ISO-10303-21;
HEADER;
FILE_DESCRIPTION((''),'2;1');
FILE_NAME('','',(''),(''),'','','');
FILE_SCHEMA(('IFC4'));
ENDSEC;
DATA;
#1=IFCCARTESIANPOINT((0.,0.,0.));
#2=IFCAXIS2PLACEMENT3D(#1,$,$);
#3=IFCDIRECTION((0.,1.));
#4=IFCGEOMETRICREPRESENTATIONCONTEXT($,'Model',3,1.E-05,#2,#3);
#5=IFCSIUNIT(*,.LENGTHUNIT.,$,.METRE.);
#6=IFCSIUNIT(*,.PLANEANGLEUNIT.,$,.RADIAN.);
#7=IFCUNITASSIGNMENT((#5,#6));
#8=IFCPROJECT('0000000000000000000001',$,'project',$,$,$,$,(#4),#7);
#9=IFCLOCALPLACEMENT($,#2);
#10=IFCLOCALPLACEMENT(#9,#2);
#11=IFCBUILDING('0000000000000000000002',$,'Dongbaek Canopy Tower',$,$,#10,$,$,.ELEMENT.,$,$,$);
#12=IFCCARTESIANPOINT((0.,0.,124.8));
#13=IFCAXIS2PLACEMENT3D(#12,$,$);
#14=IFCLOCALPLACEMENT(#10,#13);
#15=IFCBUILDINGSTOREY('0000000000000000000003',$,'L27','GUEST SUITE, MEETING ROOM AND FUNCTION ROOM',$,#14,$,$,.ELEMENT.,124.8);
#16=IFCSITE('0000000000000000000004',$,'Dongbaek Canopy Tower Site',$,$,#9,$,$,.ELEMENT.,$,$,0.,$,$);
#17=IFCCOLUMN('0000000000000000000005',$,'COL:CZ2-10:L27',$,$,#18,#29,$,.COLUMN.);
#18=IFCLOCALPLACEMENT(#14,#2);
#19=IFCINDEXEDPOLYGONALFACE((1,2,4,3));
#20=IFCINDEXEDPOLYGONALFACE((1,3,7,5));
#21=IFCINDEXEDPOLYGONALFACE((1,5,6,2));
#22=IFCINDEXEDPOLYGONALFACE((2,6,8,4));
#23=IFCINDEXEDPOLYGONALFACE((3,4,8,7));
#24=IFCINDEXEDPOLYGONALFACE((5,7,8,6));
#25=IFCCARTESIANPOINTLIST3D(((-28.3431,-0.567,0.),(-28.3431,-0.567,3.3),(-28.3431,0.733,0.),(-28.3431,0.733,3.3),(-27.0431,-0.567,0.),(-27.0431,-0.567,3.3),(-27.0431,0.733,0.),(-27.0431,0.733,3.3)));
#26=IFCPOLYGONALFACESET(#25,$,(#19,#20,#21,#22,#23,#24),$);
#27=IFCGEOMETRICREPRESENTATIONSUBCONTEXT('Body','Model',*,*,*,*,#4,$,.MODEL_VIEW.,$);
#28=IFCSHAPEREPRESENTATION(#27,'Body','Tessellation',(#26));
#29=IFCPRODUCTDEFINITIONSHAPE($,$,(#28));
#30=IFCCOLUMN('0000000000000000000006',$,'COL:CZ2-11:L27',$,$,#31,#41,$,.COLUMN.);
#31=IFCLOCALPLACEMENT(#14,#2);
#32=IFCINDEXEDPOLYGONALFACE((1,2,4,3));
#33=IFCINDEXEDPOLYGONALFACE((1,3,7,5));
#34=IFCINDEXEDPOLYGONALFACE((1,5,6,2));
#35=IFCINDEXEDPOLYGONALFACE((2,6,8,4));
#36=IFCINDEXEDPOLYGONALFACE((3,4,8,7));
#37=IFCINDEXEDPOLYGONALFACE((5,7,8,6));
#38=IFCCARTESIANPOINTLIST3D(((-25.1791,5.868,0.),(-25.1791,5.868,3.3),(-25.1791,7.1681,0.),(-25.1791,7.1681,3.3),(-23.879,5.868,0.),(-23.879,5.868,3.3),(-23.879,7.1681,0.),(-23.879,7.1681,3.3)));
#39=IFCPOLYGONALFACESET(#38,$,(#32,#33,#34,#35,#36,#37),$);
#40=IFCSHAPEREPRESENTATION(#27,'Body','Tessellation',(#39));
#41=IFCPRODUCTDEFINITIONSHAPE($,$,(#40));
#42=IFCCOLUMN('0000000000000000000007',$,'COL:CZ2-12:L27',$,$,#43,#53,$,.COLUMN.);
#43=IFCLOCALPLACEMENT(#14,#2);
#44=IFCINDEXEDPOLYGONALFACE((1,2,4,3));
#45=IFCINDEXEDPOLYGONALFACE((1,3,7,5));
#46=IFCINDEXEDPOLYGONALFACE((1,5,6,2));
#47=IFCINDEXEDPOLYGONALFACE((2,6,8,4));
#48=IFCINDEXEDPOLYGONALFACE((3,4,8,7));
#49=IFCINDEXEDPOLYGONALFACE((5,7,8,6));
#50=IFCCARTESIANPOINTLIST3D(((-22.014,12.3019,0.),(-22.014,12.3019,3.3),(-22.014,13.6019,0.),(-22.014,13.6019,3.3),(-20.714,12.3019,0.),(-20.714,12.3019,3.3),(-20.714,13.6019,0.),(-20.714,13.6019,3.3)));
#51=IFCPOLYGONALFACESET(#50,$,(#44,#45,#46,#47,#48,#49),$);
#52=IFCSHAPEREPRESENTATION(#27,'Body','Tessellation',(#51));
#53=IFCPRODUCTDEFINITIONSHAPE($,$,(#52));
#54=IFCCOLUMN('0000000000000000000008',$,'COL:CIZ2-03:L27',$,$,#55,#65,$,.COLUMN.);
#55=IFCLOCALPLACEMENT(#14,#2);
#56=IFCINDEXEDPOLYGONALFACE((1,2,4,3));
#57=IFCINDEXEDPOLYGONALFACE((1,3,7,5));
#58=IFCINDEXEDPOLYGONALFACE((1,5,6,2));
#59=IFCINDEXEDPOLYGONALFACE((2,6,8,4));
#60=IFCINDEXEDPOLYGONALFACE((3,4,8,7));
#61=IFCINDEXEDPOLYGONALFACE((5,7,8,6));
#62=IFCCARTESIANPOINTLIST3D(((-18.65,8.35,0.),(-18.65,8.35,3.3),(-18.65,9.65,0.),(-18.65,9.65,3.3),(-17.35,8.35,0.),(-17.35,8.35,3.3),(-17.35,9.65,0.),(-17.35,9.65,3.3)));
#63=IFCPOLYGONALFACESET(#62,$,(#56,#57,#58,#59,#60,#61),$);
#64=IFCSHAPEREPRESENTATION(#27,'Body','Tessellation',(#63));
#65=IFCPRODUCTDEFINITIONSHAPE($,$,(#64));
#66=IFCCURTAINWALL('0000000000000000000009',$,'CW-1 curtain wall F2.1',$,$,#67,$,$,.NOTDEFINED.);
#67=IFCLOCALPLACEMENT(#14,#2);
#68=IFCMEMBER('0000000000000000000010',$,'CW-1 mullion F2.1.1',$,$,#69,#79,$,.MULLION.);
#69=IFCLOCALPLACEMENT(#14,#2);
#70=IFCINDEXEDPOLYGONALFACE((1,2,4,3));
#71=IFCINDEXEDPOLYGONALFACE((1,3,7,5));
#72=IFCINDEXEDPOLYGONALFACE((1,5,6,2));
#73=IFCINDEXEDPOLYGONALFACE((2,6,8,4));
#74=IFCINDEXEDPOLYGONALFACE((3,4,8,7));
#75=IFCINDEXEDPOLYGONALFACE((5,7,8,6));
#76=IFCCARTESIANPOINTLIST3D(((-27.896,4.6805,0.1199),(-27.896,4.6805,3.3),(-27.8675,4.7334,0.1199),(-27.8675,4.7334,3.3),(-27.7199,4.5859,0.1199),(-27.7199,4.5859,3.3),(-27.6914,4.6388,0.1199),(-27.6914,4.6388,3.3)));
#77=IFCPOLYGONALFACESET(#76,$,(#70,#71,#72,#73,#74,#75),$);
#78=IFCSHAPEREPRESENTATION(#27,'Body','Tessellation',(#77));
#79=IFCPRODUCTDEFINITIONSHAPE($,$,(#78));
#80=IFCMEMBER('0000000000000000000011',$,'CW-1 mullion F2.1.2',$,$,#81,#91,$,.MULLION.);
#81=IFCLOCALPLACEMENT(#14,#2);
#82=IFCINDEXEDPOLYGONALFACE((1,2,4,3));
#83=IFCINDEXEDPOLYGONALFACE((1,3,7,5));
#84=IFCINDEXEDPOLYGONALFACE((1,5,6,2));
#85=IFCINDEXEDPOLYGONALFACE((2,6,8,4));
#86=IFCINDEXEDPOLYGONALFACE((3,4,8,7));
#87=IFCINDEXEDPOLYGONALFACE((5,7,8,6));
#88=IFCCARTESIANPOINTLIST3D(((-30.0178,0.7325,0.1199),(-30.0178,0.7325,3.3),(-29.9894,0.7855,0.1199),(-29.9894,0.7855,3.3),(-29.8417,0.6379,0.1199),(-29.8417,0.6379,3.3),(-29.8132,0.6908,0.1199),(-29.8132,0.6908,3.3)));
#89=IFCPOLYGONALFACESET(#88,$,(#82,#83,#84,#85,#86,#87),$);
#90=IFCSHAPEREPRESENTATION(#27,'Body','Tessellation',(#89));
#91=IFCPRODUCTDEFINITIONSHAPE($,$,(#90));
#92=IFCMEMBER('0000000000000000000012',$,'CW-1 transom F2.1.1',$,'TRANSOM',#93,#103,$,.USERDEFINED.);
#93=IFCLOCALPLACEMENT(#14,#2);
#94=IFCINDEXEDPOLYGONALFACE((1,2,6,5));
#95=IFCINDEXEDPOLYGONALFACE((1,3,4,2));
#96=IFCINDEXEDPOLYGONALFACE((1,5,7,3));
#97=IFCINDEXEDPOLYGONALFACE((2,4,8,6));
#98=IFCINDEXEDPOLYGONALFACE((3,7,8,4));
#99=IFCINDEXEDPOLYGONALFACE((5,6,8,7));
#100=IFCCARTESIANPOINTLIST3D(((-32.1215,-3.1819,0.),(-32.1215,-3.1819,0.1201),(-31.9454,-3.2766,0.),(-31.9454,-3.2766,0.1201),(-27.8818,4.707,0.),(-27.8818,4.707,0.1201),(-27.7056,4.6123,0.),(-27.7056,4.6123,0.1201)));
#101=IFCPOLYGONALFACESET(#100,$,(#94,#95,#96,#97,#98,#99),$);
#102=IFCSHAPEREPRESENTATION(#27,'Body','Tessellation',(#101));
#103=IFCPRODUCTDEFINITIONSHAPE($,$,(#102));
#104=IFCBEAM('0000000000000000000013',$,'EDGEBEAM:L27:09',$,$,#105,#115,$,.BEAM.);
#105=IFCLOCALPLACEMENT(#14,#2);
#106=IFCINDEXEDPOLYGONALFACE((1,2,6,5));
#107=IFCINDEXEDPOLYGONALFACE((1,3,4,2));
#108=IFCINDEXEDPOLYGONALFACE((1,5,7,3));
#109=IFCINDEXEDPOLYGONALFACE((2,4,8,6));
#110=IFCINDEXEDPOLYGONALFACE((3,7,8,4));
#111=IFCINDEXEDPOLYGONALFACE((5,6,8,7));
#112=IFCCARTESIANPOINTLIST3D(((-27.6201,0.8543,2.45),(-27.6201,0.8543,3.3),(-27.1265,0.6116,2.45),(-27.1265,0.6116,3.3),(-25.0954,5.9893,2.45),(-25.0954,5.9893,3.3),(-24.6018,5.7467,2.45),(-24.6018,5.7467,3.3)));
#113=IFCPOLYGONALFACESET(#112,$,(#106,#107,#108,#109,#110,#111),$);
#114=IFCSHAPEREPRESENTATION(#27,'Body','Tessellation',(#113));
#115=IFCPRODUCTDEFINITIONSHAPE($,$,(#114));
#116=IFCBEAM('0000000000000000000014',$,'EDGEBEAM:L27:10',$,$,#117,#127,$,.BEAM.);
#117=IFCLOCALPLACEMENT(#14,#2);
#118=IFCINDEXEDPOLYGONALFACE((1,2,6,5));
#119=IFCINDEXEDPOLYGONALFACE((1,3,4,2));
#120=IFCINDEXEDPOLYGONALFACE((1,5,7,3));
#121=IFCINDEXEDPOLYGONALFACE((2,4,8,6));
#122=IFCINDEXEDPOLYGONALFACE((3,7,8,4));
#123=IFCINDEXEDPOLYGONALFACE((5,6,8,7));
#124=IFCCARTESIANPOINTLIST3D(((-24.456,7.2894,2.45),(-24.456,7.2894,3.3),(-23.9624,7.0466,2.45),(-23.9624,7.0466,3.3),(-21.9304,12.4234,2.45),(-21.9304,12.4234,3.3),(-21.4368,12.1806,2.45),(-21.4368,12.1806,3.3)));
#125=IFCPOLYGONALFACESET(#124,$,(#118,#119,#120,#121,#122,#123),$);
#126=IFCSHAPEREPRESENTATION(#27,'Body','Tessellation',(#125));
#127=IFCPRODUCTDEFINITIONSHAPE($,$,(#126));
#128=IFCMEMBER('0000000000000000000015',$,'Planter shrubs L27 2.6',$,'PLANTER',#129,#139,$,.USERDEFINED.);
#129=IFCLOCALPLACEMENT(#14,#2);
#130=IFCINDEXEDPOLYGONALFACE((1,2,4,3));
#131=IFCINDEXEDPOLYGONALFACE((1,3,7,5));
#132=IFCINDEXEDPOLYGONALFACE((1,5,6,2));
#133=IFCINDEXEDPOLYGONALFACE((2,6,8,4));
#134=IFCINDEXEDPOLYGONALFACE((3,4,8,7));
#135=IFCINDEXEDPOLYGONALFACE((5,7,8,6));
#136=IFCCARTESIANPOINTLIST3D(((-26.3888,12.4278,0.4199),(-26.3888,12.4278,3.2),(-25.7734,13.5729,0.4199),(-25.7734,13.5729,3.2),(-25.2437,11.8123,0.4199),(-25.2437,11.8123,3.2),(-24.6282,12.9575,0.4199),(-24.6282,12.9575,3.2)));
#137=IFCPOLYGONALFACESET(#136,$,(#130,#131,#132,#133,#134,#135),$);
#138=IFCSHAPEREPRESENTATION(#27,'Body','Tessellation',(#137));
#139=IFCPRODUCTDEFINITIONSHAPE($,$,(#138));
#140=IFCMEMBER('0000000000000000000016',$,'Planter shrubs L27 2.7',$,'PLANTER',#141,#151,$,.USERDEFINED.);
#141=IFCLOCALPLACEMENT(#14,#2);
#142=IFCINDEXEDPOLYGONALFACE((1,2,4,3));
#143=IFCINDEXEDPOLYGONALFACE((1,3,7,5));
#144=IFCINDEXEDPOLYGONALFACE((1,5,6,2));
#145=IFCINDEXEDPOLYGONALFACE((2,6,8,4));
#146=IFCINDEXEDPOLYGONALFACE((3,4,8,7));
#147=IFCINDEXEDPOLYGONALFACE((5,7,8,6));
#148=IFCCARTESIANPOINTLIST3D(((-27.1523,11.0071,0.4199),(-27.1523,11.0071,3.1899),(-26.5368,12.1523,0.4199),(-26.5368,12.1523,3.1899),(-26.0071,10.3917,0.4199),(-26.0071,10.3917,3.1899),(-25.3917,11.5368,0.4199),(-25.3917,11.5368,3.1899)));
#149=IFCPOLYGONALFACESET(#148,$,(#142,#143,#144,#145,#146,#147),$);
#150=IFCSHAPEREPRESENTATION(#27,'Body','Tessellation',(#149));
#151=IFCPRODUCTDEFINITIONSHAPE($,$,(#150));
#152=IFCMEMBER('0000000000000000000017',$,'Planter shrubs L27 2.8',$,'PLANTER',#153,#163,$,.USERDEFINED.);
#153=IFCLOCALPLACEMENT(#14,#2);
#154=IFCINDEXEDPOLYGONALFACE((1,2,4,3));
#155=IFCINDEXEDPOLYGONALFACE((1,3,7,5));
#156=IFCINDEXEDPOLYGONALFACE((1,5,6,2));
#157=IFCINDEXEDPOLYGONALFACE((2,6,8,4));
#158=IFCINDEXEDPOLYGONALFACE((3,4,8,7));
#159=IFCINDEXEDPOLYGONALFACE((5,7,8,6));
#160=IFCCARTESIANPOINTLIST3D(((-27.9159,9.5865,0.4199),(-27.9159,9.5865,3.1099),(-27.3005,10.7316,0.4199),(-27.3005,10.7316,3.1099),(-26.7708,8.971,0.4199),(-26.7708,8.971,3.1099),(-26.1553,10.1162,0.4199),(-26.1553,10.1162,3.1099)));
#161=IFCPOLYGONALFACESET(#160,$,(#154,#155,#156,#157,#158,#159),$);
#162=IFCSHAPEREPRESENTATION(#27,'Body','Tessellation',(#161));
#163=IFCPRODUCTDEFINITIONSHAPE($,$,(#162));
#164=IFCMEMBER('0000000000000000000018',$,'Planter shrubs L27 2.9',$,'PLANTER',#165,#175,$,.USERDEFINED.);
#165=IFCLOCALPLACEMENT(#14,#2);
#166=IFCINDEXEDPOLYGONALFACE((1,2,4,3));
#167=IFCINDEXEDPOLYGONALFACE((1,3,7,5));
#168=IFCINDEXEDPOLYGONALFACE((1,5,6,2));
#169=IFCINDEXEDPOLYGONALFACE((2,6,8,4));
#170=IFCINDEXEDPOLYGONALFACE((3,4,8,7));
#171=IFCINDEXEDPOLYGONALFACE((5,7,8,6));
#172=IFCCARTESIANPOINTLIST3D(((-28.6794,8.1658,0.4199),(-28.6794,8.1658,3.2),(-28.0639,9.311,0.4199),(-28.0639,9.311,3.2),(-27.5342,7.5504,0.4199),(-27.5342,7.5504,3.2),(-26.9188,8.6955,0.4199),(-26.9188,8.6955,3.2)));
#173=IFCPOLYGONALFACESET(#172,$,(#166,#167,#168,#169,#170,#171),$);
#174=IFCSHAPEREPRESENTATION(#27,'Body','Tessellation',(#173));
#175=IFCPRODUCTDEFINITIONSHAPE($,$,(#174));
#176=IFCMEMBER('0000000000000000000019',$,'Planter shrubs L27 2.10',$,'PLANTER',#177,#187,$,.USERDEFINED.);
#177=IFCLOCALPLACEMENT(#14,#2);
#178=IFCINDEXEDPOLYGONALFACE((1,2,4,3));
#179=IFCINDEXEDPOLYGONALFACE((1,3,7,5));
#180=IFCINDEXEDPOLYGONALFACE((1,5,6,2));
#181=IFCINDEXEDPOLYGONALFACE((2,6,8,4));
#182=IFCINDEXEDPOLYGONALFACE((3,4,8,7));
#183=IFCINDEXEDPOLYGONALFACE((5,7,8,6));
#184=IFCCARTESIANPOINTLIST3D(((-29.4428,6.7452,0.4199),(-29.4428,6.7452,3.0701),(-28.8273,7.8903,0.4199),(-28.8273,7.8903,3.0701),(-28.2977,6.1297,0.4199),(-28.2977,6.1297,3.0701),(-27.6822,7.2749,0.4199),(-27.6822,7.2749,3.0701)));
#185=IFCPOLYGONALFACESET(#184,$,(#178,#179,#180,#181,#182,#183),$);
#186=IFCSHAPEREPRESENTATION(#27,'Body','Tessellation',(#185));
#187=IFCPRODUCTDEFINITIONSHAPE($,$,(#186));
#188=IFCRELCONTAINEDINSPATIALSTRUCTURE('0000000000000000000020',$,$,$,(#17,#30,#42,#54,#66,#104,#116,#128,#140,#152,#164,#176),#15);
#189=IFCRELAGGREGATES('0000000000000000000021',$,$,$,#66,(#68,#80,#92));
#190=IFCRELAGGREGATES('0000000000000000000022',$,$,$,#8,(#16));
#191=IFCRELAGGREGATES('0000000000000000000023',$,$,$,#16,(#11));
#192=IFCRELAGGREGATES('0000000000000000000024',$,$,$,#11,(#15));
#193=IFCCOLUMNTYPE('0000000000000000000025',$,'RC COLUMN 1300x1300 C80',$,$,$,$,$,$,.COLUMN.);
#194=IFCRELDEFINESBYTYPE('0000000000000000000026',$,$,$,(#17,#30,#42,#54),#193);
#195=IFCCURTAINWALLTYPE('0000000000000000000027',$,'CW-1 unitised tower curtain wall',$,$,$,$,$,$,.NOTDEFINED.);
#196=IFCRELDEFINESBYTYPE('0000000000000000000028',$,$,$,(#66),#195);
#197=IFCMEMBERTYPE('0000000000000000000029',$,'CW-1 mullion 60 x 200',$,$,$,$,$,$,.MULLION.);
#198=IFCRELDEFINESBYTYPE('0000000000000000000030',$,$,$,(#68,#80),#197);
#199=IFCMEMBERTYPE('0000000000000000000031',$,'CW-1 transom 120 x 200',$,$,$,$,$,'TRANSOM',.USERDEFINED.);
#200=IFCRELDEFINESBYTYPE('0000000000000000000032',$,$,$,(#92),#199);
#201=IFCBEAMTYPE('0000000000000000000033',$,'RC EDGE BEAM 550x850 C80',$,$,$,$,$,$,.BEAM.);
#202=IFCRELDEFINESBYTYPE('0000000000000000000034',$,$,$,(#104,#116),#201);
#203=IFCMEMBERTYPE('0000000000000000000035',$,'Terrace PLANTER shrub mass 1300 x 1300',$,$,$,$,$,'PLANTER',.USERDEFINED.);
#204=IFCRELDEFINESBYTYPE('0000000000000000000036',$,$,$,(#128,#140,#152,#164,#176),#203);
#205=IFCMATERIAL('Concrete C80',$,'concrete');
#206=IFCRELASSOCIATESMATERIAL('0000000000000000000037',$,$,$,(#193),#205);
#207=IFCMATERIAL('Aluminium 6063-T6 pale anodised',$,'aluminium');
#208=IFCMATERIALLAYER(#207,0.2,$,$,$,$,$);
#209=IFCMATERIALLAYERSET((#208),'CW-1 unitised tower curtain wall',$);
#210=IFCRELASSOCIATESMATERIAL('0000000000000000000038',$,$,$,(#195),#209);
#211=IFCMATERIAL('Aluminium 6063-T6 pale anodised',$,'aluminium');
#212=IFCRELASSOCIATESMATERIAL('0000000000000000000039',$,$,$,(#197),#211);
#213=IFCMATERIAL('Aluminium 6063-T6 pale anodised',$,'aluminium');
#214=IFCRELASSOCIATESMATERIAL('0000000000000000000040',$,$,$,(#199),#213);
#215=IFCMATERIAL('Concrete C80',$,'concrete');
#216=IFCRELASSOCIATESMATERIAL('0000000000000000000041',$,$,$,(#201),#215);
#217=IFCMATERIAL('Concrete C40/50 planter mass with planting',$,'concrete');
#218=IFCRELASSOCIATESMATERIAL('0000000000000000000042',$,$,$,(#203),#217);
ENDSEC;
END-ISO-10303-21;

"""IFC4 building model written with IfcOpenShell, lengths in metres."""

from ifc_helpers import new_model, si_unit, direction, frame, origin, origin_2d, place, context, subcontext, project, spatial, rectangle, extrude, material, layer, layer_set, material_profile, profile_set, type_object, element, aggregate, save


model = new_model("IFC4")

# Units and contexts
model_context = context("Model", 3, precision=1e-05, world=origin(), true_north=direction((0.0, 1.0)))
body_context = subcontext(model_context, "Body", "Model", "MODEL_VIEW")
ifc_project = project(units=[si_unit("LENGTHUNIT", "METRE"), si_unit("PLANEANGLEUNIT", "RADIAN")], contexts=[model_context])

# Site, building, storey
site_placement = place(None, origin())
site = spatial("IfcSite", under=ifc_project, at=site_placement, Name="Dongbaek Canopy Tower Site", CompositionType="ELEMENT", RefElevation=0.0)
building_placement = place(site_placement, origin())
building = spatial("IfcBuilding", under=site, at=building_placement, Name="Dongbaek Canopy Tower", CompositionType="ELEMENT")
storey_placement = place(building_placement, frame((0.0, 0.0, 124.8)))
storey = spatial("IfcBuildingStorey", under=building, at=storey_placement, Name="L27", Description="GUEST SUITE, MEETING ROOM AND FUNCTION ROOM", CompositionType="ELEMENT", Elevation=124.8)

# Columns
ifc_material_1 = material(Name="Concrete C80", Category="concrete")
ifc_material_profile_1 = material_profile(ifc_material_1, rectangle(XDim=1.3, YDim=1.3, at=origin_2d()), Name="RC COLUMN 1300x1300 C80")
ifc_profile_set_1 = profile_set([ifc_material_profile_1], Name="Concrete C80")
column_type = type_object("IfcColumnType", Name="RC COLUMN 1300x1300 C80", PredefinedType="COLUMN", material=ifc_profile_set_1)
for number, where, z_axis, x_axis, name in (
    (1, (-27.6931, 0.083, 0.0), (0.0, 0.0, 1.0), (1.0, 0.0, 0.0), "COL:CZ2-10:L27"),
    (2, (-24.5291, 6.5181, 0.0), (0.0, 0.0, 1.0), (1.0, 0.0, 0.0), "COL:CZ2-11:L27"),
    (3, (-21.364, 12.9519, 0.0), (0.0, 0.0, 1.0), (1.0, 0.0, 0.0), "COL:CZ2-12:L27"),
    (4, (-18.0, 9.0, 0.0), (0.0, 0.0, 1.0), (1.0, 0.0, 0.0), "COL:CIZ2-03:L27"),
):
    element("IfcColumn", number, at=place(storey_placement, frame(where, z_axis=z_axis, x_axis=x_axis)), inside=storey, type_object=column_type, Name=name, PredefinedType="COLUMN", context=body_context, shape_type="SweptSolid", body=[
        extrude(rectangle(XDim=1.3, YDim=1.3, at=origin_2d()), origin(), (0.0, 0.0, 1.0), 3.3),
    ])

# Curtain wall, members
ifc_material_2 = material(Name="Aluminium 6063-T6 pale anodised", Category="aluminium")
ifc_layer_1 = layer(ifc_material_2, 0.2)
ifc_layer_set_1 = layer_set([ifc_layer_1], Name="CW-1 unitised tower curtain wall")
curtain_wall_type = type_object("IfcCurtainWallType", Name="CW-1 unitised tower curtain wall", PredefinedType="NOTDEFINED", material=ifc_layer_set_1)
curtain_wall_placement = place(storey_placement, origin())
curtain_wall = element("IfcCurtainWall", 5, at=curtain_wall_placement, inside=storey, type_object=curtain_wall_type, Name="CW-1 curtain wall F2.1", PredefinedType="NOTDEFINED")
ifc_material_3 = material(Name="Aluminium 6063-T6 pale anodised", Category="aluminium")
ifc_material_profile_2 = material_profile(ifc_material_3, rectangle(XDim=0.2, YDim=0.0601, at=origin_2d()), Name="CW-1 mullion 60 x 200")
ifc_profile_set_2 = profile_set([ifc_material_profile_2], Name="Aluminium 6063-T6 pale anodised")
member_type_1 = type_object("IfcMemberType", Name="CW-1 mullion 60 x 200", PredefinedType="MULLION", material=ifc_profile_set_2)
member_1_placement = place(storey_placement, frame((-27.7937, 4.6597, 0.1199), z_axis=(0.0, 0.0, 1.0), x_axis=(-0.880843, 0.473409, 0.0)))
member_1 = element("IfcMember", 6, at=member_1_placement, type_object=member_type_1, Name="CW-1 mullion F2.1.1", PredefinedType="MULLION", context=body_context, shape_type="SweptSolid", body=[
    extrude(rectangle(XDim=0.2, YDim=0.0601, at=origin_2d()), origin(), (0.0, 0.0, 1.0), 3.1802),
])
member_2_placement = place(storey_placement, frame((-29.9155, 0.7117, 0.1199), z_axis=(0.0, 0.0, 1.0), x_axis=(-0.880843, 0.473409, 0.0)))
member_2 = element("IfcMember", 7, at=member_2_placement, type_object=member_type_1, Name="CW-1 mullion F2.1.2", PredefinedType="MULLION", context=body_context, shape_type="SweptSolid", body=[
    extrude(rectangle(XDim=0.2, YDim=0.0601, at=origin_2d()), origin(), (0.0, 0.0, 1.0), 3.1802),
])
ifc_material_4 = material(Name="Aluminium 6063-T6 pale anodised", Category="aluminium")
ifc_material_profile_3 = material_profile(ifc_material_4, rectangle(XDim=0.2, YDim=0.1201, at=origin_2d()), Name="CW-1 transom 120 x 200")
ifc_profile_set_3 = profile_set([ifc_material_profile_3], Name="Aluminium 6063-T6 pale anodised")
member_type_2 = type_object("IfcMemberType", Name="CW-1 transom 120 x 200", ElementType="TRANSOM", PredefinedType="USERDEFINED", material=ifc_profile_set_3)
member_3_placement = place(storey_placement, frame((-27.7937, 4.6597, 0.0601), z_axis=(-0.473396, -0.88085, 0.0), x_axis=(0.88085, -0.473396, 0.0)))
member_3 = element("IfcMember", 8, at=member_3_placement, type_object=member_type_2, Name="CW-1 transom F2.1.1", ObjectType="TRANSOM", PredefinedType="USERDEFINED", context=body_context, shape_type="SweptSolid", body=[
    extrude(rectangle(XDim=0.2, YDim=0.1201, at=origin_2d()), origin(), (0.0, 0.0, 1.0), 8.9561),
])

# Beams
ifc_material_5 = material(Name="Concrete C80", Category="concrete")
ifc_material_profile_4 = material_profile(ifc_material_5, rectangle(XDim=0.55, YDim=0.8501, at=origin_2d()), Name="RC EDGE BEAM 550x850 C80")
ifc_profile_set_4 = profile_set([ifc_material_profile_4], Name="Concrete C80")
beam_type = type_object("IfcBeamType", Name="RC EDGE BEAM 550x850 C80", PredefinedType="BEAM", material=ifc_profile_set_4)
beam_1_placement = place(storey_placement, frame((-27.3733, 0.7329, 2.875), z_axis=(0.441213, 0.897402, 0.0), x_axis=(-0.897402, 0.441213, 0.0)))
element("IfcBeam", 9, at=beam_1_placement, inside=storey, type_object=beam_type, Name="EDGEBEAM:L27:09", PredefinedType="BEAM", context=body_context, shape_type="SweptSolid", body=[
    extrude(rectangle(XDim=0.55, YDim=0.8501, at=origin_2d()), origin(), (0.0, 0.0, 1.0), 5.7222),
])
beam_2_placement = place(storey_placement, frame((-24.2092, 7.168, 2.875), z_axis=(0.441418, 0.897301, 0.0), x_axis=(-0.897301, 0.441418, 0.0)))
element("IfcBeam", 10, at=beam_2_placement, inside=storey, type_object=beam_type, Name="EDGEBEAM:L27:10", PredefinedType="BEAM", context=body_context, shape_type="SweptSolid", body=[
    extrude(rectangle(XDim=0.55, YDim=0.8501, at=origin_2d()), origin(), (0.0, 0.0, 1.0), 5.7217),
])

# Members
ifc_material_6 = material(Name="Concrete C40/50 planter mass with planting", Category="concrete")
ifc_material_profile_5 = material_profile(ifc_material_6, rectangle(XDim=1.3, YDim=1.3, at=origin_2d()), Name="Terrace PLANTER shrub mass 1300 x 1300")
ifc_profile_set_5 = profile_set([ifc_material_profile_5], Name="Concrete C40/50 planter mass with planting")
member_type_3 = type_object("IfcMemberType", Name="Terrace PLANTER shrub mass 1300 x 1300", ElementType="PLANTER", PredefinedType="USERDEFINED", material=ifc_profile_set_5)
member_4_placement = place(storey_placement, frame((-25.5085, 12.6926, 0.4199), z_axis=(0.0, 0.0, 1.0), x_axis=(-0.880843, 0.473409, 0.0)))
element("IfcMember", 11, at=member_4_placement, inside=storey, type_object=member_type_3, Name="Planter shrubs L27 2.6", ObjectType="PLANTER", PredefinedType="USERDEFINED", context=body_context, shape_type="SweptSolid", body=[
    extrude(rectangle(XDim=1.3, YDim=1.3, at=origin_2d()), origin(), (0.0, 0.0, 1.0), 2.78),
])
member_5_placement = place(storey_placement, frame((-26.272, 11.272, 0.4199), z_axis=(0.0, 0.0, 1.0), x_axis=(-0.880843, 0.473409, 0.0)))
element("IfcMember", 12, at=member_5_placement, inside=storey, type_object=member_type_3, Name="Planter shrubs L27 2.7", ObjectType="PLANTER", PredefinedType="USERDEFINED", context=body_context, shape_type="SweptSolid", body=[
    extrude(rectangle(XDim=1.3, YDim=1.3, at=origin_2d()), origin(), (0.0, 0.0, 1.0), 2.77),
])
member_6_placement = place(storey_placement, frame((-27.0356, 9.8513, 0.4199), z_axis=(0.0, 0.0, 1.0), x_axis=(-0.880843, 0.473409, 0.0)))
element("IfcMember", 13, at=member_6_placement, inside=storey, type_object=member_type_3, Name="Planter shrubs L27 2.8", ObjectType="PLANTER", PredefinedType="USERDEFINED", context=body_context, shape_type="SweptSolid", body=[
    extrude(rectangle(XDim=1.3, YDim=1.3, at=origin_2d()), origin(), (0.0, 0.0, 1.0), 2.6899),
])
member_7_placement = place(storey_placement, frame((-27.7991, 8.4307, 0.4199), z_axis=(0.0, 0.0, 1.0), x_axis=(-0.880843, 0.473409, 0.0)))
element("IfcMember", 14, at=member_7_placement, inside=storey, type_object=member_type_3, Name="Planter shrubs L27 2.9", ObjectType="PLANTER", PredefinedType="USERDEFINED", context=body_context, shape_type="SweptSolid", body=[
    extrude(rectangle(XDim=1.3, YDim=1.3, at=origin_2d()), origin(), (0.0, 0.0, 1.0), 2.78),
])
member_8_placement = place(storey_placement, frame((-28.5625, 7.01, 0.4199), z_axis=(0.0, 0.0, 1.0), x_axis=(-0.880843, 0.473409, 0.0)))
element("IfcMember", 15, at=member_8_placement, inside=storey, type_object=member_type_3, Name="Planter shrubs L27 2.10", ObjectType="PLANTER", PredefinedType="USERDEFINED", context=body_context, shape_type="SweptSolid", body=[
    extrude(rectangle(XDim=1.3, YDim=1.3, at=origin_2d()), origin(), (0.0, 0.0, 1.0), 2.6501),
])

aggregate(curtain_wall, [member_1, member_2, member_3])

save(model, "model.ifc")
